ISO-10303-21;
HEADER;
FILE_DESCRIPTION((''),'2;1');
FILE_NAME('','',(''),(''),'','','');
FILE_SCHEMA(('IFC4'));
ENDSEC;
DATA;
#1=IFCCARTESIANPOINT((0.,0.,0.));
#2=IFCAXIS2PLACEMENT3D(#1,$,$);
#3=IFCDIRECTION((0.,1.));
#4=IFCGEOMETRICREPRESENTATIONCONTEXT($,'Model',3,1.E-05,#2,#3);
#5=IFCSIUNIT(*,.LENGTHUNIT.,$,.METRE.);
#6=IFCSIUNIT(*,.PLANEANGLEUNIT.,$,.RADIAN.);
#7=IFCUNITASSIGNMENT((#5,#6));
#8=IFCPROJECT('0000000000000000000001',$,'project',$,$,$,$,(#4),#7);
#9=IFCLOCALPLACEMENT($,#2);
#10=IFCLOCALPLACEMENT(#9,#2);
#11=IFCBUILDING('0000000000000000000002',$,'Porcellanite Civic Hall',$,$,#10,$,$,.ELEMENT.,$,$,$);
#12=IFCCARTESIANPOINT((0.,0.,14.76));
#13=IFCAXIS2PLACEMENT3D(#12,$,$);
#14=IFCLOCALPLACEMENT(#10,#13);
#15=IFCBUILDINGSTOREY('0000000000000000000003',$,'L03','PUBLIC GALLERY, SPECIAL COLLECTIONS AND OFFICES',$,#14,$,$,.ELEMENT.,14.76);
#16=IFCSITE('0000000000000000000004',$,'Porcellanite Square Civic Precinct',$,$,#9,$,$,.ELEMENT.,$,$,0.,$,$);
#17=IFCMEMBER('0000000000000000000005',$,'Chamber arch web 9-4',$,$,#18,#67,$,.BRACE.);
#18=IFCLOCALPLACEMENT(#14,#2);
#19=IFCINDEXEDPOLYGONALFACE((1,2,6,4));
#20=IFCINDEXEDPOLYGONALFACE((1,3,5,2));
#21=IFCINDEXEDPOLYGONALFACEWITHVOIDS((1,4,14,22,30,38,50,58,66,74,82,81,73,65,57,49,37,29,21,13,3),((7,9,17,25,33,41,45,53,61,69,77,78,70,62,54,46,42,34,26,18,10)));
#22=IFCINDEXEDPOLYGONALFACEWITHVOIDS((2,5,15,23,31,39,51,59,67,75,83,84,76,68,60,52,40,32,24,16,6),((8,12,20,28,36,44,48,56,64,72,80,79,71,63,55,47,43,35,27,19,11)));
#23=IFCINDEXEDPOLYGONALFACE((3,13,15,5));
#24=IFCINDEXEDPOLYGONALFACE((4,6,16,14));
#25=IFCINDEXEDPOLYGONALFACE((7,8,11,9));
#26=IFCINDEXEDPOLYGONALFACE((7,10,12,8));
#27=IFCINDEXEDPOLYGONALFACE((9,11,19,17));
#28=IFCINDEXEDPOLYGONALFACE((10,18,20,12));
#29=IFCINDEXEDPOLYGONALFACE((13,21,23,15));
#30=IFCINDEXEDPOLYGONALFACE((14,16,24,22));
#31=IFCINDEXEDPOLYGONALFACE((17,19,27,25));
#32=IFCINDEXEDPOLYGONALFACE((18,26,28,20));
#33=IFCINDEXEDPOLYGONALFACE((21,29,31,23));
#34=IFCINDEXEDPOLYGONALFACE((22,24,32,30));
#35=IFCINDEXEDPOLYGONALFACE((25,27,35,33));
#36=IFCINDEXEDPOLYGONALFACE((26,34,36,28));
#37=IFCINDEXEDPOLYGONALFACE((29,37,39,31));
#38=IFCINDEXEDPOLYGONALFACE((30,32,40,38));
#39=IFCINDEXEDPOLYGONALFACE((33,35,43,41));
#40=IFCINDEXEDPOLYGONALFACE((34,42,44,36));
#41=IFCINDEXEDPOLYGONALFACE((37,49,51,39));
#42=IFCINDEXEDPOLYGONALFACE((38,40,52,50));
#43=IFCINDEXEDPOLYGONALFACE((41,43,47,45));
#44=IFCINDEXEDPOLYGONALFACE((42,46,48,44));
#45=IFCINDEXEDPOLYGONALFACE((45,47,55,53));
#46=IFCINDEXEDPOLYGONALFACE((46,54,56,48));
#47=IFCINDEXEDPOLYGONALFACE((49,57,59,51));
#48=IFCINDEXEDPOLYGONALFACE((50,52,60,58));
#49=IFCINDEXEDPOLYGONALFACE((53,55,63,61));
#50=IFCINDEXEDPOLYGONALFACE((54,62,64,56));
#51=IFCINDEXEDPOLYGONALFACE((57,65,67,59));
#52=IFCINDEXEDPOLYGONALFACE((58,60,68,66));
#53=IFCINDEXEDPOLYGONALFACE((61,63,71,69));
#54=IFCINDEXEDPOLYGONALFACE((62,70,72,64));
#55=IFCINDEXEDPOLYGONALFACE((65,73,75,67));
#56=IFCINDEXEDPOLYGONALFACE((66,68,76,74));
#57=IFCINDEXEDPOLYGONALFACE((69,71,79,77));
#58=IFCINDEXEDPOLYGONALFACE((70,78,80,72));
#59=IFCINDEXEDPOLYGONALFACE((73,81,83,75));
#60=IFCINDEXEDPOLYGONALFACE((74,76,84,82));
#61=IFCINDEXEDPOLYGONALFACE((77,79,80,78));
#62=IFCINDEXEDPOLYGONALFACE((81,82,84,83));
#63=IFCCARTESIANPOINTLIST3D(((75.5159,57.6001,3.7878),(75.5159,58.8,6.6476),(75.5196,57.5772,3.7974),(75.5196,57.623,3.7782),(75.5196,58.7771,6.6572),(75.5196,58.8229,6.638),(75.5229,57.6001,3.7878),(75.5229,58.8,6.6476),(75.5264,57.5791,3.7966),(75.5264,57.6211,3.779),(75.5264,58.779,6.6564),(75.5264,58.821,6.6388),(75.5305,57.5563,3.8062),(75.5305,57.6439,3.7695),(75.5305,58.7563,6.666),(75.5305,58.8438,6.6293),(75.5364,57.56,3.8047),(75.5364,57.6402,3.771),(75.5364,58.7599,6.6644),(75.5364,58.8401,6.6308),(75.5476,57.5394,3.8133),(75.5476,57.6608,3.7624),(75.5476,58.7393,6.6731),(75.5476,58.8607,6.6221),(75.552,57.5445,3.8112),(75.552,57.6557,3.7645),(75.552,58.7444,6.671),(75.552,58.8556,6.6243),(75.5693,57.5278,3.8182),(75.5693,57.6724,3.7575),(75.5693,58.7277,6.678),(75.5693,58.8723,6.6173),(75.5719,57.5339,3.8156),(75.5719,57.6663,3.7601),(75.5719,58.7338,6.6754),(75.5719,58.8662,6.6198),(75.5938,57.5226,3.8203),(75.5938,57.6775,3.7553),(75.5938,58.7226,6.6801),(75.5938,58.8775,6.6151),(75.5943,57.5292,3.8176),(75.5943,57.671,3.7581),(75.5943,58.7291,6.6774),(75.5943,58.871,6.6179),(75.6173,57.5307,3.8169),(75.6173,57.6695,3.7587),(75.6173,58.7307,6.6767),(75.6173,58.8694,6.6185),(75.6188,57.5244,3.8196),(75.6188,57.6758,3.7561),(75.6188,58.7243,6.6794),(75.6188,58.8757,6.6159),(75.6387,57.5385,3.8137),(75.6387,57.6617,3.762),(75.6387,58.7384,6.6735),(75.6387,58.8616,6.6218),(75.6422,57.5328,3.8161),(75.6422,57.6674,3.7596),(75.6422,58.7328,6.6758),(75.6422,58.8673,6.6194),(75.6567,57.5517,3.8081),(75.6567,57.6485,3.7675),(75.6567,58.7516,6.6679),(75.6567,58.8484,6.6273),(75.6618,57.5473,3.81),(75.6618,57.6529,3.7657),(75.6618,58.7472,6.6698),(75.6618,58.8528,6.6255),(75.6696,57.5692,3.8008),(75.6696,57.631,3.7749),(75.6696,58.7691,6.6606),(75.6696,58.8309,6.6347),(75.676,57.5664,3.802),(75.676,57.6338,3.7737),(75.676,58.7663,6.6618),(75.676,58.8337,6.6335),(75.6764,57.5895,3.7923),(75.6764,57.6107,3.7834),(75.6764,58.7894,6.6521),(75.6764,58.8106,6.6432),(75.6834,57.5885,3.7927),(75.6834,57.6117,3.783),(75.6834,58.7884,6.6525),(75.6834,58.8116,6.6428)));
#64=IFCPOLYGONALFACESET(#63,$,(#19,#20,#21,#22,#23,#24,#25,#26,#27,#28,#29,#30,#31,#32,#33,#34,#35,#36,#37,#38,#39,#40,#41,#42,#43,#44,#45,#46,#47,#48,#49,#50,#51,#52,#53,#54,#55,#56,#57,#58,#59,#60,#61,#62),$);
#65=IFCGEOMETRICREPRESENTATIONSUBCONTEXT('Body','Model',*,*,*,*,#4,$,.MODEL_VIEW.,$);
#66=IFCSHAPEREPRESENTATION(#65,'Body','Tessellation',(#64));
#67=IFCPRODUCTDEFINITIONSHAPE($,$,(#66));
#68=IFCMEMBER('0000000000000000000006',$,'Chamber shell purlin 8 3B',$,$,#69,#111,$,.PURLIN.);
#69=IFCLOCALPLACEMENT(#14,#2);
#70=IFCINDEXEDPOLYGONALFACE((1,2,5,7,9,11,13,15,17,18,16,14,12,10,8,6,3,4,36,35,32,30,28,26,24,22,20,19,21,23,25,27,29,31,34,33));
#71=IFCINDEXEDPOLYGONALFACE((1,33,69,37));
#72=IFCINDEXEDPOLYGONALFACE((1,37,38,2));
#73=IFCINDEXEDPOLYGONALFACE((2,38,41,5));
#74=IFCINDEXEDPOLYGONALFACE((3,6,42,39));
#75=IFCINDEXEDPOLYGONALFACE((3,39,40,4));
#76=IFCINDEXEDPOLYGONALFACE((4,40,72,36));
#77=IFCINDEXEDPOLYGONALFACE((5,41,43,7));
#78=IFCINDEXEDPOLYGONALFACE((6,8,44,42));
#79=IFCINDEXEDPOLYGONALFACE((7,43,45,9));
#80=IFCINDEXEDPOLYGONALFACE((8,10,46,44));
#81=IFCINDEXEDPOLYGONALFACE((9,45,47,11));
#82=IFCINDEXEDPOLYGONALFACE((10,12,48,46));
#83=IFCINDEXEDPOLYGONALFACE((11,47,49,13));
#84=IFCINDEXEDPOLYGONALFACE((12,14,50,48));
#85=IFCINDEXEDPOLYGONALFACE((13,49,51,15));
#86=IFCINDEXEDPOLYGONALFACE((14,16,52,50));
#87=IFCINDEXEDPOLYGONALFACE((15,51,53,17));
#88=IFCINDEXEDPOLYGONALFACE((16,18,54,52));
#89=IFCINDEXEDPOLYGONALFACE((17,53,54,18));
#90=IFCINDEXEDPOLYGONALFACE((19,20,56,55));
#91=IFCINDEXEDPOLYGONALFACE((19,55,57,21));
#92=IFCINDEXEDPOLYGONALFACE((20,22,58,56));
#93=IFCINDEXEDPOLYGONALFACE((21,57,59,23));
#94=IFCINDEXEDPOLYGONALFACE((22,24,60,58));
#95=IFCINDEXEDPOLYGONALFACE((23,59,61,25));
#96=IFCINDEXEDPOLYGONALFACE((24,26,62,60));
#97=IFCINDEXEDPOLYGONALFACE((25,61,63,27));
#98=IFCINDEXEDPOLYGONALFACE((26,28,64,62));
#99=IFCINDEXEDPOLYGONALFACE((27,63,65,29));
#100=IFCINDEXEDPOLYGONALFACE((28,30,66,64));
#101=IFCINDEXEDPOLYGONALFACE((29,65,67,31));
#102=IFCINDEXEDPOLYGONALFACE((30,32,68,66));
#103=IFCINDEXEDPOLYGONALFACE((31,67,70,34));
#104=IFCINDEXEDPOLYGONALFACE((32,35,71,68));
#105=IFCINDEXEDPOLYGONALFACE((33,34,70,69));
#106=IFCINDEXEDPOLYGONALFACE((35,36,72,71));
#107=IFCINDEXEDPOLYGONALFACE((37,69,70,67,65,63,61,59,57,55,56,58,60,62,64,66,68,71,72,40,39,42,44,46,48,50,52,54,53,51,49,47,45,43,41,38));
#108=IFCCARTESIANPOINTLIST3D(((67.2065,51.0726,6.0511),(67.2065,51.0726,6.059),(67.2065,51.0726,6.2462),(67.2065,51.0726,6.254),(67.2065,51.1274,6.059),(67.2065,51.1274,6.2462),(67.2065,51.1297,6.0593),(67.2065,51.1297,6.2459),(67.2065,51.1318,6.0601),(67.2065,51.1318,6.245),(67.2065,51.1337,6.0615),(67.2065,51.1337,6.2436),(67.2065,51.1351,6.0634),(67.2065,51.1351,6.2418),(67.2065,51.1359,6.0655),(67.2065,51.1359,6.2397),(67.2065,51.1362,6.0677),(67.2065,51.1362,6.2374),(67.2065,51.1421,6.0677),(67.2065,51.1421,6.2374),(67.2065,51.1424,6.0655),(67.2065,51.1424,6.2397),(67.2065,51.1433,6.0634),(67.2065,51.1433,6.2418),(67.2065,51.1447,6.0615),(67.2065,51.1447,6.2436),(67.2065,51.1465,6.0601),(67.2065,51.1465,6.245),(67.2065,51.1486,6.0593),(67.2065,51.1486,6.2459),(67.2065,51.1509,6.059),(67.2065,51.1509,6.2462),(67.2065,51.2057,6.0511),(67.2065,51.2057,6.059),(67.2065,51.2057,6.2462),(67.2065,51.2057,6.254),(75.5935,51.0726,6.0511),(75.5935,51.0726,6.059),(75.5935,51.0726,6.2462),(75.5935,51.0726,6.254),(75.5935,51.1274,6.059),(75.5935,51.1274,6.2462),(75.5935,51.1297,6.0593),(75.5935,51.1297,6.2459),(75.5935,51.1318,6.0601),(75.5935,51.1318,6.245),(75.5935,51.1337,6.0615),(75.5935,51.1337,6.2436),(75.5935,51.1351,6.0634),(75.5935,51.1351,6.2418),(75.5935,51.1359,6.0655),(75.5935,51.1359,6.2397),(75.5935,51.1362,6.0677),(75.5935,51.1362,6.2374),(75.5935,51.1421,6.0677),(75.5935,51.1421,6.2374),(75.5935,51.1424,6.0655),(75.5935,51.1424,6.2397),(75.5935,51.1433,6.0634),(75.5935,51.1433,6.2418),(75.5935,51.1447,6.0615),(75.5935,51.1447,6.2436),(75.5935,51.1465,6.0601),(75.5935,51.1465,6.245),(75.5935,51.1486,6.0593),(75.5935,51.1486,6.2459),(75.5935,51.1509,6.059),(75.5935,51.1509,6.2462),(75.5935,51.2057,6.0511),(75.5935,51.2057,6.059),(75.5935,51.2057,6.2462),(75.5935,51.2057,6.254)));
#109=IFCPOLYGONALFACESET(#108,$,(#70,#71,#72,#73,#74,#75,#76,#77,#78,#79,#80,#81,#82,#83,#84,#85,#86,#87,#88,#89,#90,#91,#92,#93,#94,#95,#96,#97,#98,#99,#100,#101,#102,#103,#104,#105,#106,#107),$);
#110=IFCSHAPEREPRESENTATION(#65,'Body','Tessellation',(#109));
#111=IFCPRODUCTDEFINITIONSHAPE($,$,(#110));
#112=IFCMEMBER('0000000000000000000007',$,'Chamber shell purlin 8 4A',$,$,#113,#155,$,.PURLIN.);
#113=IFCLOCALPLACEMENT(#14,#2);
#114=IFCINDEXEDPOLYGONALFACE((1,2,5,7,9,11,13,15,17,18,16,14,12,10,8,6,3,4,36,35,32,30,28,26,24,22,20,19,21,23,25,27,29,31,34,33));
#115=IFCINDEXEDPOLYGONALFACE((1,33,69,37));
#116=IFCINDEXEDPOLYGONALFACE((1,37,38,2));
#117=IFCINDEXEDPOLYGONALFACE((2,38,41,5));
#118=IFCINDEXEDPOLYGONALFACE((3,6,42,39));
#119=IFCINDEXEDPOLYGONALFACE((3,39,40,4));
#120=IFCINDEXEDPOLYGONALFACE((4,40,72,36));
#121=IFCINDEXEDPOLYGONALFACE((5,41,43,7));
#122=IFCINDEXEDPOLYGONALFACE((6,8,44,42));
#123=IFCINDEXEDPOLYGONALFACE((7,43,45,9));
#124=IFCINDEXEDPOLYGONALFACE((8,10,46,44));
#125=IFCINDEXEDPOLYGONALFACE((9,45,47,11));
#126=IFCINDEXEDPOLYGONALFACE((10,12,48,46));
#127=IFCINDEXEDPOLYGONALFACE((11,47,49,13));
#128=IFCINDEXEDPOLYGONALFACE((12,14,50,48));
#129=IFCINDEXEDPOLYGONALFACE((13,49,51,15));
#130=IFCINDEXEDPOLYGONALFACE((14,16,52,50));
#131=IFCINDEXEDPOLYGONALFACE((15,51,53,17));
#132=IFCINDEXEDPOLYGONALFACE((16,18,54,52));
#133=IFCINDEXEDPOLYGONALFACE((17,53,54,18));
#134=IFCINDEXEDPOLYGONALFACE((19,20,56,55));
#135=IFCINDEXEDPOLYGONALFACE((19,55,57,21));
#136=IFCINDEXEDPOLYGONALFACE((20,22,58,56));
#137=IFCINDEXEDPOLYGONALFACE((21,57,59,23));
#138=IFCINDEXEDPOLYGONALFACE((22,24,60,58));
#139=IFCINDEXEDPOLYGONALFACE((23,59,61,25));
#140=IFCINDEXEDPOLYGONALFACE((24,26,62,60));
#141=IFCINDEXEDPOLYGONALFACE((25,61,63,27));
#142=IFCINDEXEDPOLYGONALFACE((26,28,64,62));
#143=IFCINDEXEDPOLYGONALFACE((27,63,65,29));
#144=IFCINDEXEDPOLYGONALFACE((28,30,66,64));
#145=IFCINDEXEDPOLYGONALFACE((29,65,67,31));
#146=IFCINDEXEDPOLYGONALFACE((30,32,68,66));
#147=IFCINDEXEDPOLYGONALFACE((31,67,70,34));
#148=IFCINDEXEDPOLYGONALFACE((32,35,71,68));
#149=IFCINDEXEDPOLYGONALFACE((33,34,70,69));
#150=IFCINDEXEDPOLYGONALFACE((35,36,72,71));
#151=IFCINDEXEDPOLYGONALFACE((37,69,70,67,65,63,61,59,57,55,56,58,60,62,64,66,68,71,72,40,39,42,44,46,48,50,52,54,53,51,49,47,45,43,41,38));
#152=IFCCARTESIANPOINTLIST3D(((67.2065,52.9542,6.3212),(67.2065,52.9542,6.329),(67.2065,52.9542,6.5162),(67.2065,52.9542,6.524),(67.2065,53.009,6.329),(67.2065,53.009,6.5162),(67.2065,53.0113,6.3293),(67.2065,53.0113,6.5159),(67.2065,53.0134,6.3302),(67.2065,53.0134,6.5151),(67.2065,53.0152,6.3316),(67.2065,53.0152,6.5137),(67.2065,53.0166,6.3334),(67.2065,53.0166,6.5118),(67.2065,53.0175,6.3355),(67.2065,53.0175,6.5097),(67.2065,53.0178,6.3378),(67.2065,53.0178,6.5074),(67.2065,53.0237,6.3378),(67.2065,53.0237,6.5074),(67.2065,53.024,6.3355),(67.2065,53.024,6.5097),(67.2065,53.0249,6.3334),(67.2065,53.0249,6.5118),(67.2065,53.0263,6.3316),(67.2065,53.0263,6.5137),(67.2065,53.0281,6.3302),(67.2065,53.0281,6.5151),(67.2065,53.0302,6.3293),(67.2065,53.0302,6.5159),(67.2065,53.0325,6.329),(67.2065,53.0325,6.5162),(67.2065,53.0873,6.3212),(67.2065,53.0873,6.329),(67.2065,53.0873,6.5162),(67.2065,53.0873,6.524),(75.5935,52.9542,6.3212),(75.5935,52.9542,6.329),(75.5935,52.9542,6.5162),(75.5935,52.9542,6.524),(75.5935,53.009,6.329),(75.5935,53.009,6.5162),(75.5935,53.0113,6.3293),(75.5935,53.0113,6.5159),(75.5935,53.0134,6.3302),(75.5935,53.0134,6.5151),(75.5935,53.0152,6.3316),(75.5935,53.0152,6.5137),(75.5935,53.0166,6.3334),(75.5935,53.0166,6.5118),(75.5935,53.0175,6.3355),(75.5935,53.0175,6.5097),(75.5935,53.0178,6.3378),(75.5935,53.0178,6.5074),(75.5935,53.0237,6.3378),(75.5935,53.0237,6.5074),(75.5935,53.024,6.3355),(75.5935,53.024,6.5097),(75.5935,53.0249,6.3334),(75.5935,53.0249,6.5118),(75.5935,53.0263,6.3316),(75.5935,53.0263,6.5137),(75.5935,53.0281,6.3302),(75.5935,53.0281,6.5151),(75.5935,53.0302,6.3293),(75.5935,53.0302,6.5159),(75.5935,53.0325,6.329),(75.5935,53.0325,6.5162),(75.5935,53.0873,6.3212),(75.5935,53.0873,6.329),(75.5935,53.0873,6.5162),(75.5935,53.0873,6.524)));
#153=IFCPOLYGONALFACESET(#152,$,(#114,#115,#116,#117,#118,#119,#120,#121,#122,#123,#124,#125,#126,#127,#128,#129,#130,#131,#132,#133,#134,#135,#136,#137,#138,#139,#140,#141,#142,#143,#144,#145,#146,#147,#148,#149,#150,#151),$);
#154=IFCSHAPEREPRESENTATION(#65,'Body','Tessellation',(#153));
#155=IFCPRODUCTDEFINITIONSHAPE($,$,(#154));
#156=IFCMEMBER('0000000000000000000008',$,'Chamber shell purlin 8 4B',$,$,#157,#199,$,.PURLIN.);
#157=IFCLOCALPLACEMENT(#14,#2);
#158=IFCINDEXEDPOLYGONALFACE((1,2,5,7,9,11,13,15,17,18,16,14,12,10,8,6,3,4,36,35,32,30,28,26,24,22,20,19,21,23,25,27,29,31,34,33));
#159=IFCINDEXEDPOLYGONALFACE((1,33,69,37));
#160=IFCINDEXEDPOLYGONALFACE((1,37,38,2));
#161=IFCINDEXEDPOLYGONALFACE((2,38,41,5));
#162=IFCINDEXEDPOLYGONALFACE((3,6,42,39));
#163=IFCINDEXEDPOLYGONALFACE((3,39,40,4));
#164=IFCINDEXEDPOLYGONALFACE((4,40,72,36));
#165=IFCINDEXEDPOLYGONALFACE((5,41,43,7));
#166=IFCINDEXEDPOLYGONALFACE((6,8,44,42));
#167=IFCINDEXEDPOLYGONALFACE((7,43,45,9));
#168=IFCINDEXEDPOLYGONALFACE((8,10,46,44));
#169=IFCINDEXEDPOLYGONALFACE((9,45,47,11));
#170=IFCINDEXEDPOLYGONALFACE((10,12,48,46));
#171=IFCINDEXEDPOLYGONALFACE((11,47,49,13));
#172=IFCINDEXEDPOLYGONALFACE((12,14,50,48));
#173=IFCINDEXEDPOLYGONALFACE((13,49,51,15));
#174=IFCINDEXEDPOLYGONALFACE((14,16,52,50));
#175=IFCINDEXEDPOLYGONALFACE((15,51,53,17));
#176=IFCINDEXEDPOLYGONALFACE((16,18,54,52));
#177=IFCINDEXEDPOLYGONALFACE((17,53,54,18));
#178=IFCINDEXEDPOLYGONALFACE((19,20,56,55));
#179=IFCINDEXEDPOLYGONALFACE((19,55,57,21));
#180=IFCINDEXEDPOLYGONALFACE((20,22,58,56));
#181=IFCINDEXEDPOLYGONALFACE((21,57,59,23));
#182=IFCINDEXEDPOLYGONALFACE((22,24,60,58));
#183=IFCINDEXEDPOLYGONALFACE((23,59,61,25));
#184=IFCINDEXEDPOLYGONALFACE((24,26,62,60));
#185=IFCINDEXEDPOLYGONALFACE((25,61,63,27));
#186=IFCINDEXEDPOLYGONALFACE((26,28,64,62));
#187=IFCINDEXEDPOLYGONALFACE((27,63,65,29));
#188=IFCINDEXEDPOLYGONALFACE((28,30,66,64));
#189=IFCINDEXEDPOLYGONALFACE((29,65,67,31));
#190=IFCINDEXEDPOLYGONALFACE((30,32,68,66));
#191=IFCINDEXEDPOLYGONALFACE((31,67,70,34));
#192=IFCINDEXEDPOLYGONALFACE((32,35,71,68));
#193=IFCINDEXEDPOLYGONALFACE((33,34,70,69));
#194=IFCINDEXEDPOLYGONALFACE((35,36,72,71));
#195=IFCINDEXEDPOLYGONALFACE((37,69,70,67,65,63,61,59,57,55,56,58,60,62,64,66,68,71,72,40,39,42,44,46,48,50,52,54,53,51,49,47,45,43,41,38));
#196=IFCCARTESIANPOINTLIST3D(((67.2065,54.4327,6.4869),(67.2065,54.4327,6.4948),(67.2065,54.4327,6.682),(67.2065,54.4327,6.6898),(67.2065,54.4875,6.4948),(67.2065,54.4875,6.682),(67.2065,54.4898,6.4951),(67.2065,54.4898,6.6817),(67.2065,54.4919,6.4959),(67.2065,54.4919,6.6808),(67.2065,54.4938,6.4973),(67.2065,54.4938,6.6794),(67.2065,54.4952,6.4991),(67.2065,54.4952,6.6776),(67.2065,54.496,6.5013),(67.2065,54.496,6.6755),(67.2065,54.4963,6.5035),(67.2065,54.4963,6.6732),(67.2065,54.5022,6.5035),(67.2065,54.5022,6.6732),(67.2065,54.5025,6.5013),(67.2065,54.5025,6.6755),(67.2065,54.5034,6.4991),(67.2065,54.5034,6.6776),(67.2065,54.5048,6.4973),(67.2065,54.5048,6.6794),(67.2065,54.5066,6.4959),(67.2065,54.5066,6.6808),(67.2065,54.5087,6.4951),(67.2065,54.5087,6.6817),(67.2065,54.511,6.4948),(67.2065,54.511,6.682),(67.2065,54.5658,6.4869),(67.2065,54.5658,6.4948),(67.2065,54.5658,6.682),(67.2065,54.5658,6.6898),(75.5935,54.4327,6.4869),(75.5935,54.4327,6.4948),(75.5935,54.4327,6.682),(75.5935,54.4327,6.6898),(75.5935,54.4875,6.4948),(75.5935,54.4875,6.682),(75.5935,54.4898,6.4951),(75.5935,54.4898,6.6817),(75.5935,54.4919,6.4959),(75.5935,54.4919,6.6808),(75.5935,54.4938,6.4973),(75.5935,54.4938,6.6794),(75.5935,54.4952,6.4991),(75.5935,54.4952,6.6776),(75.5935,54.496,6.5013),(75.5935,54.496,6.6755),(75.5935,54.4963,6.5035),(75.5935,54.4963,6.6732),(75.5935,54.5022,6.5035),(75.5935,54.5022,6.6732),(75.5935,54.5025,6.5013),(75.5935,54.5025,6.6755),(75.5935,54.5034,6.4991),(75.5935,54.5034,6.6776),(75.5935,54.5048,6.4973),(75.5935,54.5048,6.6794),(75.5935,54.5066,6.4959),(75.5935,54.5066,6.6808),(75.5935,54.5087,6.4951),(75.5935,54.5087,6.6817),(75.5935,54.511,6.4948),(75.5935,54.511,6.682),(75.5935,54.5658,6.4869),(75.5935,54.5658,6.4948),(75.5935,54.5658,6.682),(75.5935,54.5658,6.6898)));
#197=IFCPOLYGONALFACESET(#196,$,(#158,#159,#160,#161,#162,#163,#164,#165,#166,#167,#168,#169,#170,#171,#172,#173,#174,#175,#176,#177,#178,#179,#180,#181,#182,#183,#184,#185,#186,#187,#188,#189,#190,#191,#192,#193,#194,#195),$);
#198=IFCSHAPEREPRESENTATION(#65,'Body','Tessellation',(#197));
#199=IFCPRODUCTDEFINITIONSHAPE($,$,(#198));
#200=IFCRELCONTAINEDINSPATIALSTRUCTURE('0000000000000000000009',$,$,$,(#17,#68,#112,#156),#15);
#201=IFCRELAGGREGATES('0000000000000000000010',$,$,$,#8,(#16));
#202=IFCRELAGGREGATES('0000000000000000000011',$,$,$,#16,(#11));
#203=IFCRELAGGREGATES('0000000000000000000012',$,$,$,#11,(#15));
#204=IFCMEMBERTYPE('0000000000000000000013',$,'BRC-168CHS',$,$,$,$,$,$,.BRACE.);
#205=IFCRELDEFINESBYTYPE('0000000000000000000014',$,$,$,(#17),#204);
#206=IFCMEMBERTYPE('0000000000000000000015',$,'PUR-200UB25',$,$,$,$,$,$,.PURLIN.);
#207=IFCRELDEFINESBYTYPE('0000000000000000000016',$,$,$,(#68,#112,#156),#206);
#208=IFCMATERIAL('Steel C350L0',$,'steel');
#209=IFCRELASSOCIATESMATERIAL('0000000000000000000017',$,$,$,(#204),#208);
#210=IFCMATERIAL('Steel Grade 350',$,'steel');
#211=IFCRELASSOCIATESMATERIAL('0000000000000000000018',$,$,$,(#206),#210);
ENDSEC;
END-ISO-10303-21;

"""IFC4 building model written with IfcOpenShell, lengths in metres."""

from ifc_helpers import new_model, si_unit, direction, frame, origin, origin_2d, place, context, subcontext, project, spatial, hollow_circle, i_section, extrude, material, material_profile, profile_set, type_object, element, save


model = new_model("IFC4")

# Units and contexts
model_context = context("Model", 3, precision=1e-05, world=origin(), true_north=direction((0.0, 1.0)))
body_context = subcontext(model_context, "Body", "Model", "MODEL_VIEW")
ifc_project = project(units=[si_unit("LENGTHUNIT", "METRE"), si_unit("PLANEANGLEUNIT", "RADIAN")], contexts=[model_context])

# Site, building, storey
site_placement = place(None, origin())
site = spatial("IfcSite", under=ifc_project, at=site_placement, Name="Porcellanite Square Civic Precinct", CompositionType="ELEMENT", RefElevation=0.0)
building_placement = place(site_placement, origin())
building = spatial("IfcBuilding", under=site, at=building_placement, Name="Porcellanite Civic Hall", CompositionType="ELEMENT")
storey_placement = place(building_placement, frame((0.0, 0.0, 14.76)))
storey = spatial("IfcBuildingStorey", under=building, at=storey_placement, Name="L03", Description="PUBLIC GALLERY, SPECIAL COLLECTIONS AND OFFICES", CompositionType="ELEMENT", Elevation=14.76)

# Members
ifc_material_1 = material(Name="Steel C350L0", Category="steel")
ifc_material_profile_1 = material_profile(ifc_material_1, hollow_circle(Radius=0.0842, WallThickness=0.0071, at=origin_2d()), Name="168.3x7.1CHS")
ifc_profile_set_1 = profile_set([ifc_material_profile_1], Name="Steel C350L0")
member_type_1 = type_object("IfcMemberType", Name="BRC-168CHS", PredefinedType="BRACE", material=ifc_profile_set_1)
member_1_placement = place(storey_placement, frame((75.6001, 57.6001, 3.7878), z_axis=(0.0, 0.386906, 0.922119), x_axis=(-1.0, 0.0, 0.0)))
element("IfcMember", 1, at=member_1_placement, inside=storey, type_object=member_type_1, Name="Chamber arch web 9-4", PredefinedType="BRACE", context=body_context, shape_type="SweptSolid", body=[
    extrude(hollow_circle(Radius=0.0842, WallThickness=0.0071, at=origin_2d()), origin(), (0.0, 0.0, 1.0), 3.1013),
])
ifc_material_2 = material(Name="Steel Grade 350", Category="steel")
ifc_material_profile_2 = material_profile(ifc_material_2, i_section(OverallWidth=0.1331, OverallDepth=0.2029, WebThickness=0.0059, FlangeThickness=0.0078, FilletRadius=0.0088, at=origin_2d()), Name="200UB25.4")
ifc_profile_set_2 = profile_set([ifc_material_profile_2], Name="Steel Grade 350")
member_type_2 = type_object("IfcMemberType", Name="PUR-200UB25", PredefinedType="PURLIN", material=ifc_profile_set_2)
for number, where, z_axis, x_axis, name in (
    (2, (67.2065, 51.1392, 6.1526), (1.0, 0.0, 0.0), (0.0, 1.0, 0.0), "Chamber shell purlin 8 3B"),
    (3, (67.2065, 53.0208, 6.4226), (1.0, 0.0, 0.0), (0.0, 1.0, 0.0), "Chamber shell purlin 8 4A"),
    (4, (67.2065, 54.4993, 6.5884), (1.0, 0.0, 0.0), (0.0, 1.0, 0.0), "Chamber shell purlin 8 4B"),
):
    element("IfcMember", number, at=place(storey_placement, frame(where, z_axis=z_axis, x_axis=x_axis)), inside=storey, type_object=member_type_2, Name=name, PredefinedType="PURLIN", context=body_context, shape_type="SweptSolid", body=[
        extrude(i_section(OverallWidth=0.1331, OverallDepth=0.2029, WebThickness=0.0059, FlangeThickness=0.0078, FilletRadius=0.0088, at=origin_2d()), origin(), (0.0, 0.0, 1.0), 8.387),
    ])

save(model, "model.ifc")
